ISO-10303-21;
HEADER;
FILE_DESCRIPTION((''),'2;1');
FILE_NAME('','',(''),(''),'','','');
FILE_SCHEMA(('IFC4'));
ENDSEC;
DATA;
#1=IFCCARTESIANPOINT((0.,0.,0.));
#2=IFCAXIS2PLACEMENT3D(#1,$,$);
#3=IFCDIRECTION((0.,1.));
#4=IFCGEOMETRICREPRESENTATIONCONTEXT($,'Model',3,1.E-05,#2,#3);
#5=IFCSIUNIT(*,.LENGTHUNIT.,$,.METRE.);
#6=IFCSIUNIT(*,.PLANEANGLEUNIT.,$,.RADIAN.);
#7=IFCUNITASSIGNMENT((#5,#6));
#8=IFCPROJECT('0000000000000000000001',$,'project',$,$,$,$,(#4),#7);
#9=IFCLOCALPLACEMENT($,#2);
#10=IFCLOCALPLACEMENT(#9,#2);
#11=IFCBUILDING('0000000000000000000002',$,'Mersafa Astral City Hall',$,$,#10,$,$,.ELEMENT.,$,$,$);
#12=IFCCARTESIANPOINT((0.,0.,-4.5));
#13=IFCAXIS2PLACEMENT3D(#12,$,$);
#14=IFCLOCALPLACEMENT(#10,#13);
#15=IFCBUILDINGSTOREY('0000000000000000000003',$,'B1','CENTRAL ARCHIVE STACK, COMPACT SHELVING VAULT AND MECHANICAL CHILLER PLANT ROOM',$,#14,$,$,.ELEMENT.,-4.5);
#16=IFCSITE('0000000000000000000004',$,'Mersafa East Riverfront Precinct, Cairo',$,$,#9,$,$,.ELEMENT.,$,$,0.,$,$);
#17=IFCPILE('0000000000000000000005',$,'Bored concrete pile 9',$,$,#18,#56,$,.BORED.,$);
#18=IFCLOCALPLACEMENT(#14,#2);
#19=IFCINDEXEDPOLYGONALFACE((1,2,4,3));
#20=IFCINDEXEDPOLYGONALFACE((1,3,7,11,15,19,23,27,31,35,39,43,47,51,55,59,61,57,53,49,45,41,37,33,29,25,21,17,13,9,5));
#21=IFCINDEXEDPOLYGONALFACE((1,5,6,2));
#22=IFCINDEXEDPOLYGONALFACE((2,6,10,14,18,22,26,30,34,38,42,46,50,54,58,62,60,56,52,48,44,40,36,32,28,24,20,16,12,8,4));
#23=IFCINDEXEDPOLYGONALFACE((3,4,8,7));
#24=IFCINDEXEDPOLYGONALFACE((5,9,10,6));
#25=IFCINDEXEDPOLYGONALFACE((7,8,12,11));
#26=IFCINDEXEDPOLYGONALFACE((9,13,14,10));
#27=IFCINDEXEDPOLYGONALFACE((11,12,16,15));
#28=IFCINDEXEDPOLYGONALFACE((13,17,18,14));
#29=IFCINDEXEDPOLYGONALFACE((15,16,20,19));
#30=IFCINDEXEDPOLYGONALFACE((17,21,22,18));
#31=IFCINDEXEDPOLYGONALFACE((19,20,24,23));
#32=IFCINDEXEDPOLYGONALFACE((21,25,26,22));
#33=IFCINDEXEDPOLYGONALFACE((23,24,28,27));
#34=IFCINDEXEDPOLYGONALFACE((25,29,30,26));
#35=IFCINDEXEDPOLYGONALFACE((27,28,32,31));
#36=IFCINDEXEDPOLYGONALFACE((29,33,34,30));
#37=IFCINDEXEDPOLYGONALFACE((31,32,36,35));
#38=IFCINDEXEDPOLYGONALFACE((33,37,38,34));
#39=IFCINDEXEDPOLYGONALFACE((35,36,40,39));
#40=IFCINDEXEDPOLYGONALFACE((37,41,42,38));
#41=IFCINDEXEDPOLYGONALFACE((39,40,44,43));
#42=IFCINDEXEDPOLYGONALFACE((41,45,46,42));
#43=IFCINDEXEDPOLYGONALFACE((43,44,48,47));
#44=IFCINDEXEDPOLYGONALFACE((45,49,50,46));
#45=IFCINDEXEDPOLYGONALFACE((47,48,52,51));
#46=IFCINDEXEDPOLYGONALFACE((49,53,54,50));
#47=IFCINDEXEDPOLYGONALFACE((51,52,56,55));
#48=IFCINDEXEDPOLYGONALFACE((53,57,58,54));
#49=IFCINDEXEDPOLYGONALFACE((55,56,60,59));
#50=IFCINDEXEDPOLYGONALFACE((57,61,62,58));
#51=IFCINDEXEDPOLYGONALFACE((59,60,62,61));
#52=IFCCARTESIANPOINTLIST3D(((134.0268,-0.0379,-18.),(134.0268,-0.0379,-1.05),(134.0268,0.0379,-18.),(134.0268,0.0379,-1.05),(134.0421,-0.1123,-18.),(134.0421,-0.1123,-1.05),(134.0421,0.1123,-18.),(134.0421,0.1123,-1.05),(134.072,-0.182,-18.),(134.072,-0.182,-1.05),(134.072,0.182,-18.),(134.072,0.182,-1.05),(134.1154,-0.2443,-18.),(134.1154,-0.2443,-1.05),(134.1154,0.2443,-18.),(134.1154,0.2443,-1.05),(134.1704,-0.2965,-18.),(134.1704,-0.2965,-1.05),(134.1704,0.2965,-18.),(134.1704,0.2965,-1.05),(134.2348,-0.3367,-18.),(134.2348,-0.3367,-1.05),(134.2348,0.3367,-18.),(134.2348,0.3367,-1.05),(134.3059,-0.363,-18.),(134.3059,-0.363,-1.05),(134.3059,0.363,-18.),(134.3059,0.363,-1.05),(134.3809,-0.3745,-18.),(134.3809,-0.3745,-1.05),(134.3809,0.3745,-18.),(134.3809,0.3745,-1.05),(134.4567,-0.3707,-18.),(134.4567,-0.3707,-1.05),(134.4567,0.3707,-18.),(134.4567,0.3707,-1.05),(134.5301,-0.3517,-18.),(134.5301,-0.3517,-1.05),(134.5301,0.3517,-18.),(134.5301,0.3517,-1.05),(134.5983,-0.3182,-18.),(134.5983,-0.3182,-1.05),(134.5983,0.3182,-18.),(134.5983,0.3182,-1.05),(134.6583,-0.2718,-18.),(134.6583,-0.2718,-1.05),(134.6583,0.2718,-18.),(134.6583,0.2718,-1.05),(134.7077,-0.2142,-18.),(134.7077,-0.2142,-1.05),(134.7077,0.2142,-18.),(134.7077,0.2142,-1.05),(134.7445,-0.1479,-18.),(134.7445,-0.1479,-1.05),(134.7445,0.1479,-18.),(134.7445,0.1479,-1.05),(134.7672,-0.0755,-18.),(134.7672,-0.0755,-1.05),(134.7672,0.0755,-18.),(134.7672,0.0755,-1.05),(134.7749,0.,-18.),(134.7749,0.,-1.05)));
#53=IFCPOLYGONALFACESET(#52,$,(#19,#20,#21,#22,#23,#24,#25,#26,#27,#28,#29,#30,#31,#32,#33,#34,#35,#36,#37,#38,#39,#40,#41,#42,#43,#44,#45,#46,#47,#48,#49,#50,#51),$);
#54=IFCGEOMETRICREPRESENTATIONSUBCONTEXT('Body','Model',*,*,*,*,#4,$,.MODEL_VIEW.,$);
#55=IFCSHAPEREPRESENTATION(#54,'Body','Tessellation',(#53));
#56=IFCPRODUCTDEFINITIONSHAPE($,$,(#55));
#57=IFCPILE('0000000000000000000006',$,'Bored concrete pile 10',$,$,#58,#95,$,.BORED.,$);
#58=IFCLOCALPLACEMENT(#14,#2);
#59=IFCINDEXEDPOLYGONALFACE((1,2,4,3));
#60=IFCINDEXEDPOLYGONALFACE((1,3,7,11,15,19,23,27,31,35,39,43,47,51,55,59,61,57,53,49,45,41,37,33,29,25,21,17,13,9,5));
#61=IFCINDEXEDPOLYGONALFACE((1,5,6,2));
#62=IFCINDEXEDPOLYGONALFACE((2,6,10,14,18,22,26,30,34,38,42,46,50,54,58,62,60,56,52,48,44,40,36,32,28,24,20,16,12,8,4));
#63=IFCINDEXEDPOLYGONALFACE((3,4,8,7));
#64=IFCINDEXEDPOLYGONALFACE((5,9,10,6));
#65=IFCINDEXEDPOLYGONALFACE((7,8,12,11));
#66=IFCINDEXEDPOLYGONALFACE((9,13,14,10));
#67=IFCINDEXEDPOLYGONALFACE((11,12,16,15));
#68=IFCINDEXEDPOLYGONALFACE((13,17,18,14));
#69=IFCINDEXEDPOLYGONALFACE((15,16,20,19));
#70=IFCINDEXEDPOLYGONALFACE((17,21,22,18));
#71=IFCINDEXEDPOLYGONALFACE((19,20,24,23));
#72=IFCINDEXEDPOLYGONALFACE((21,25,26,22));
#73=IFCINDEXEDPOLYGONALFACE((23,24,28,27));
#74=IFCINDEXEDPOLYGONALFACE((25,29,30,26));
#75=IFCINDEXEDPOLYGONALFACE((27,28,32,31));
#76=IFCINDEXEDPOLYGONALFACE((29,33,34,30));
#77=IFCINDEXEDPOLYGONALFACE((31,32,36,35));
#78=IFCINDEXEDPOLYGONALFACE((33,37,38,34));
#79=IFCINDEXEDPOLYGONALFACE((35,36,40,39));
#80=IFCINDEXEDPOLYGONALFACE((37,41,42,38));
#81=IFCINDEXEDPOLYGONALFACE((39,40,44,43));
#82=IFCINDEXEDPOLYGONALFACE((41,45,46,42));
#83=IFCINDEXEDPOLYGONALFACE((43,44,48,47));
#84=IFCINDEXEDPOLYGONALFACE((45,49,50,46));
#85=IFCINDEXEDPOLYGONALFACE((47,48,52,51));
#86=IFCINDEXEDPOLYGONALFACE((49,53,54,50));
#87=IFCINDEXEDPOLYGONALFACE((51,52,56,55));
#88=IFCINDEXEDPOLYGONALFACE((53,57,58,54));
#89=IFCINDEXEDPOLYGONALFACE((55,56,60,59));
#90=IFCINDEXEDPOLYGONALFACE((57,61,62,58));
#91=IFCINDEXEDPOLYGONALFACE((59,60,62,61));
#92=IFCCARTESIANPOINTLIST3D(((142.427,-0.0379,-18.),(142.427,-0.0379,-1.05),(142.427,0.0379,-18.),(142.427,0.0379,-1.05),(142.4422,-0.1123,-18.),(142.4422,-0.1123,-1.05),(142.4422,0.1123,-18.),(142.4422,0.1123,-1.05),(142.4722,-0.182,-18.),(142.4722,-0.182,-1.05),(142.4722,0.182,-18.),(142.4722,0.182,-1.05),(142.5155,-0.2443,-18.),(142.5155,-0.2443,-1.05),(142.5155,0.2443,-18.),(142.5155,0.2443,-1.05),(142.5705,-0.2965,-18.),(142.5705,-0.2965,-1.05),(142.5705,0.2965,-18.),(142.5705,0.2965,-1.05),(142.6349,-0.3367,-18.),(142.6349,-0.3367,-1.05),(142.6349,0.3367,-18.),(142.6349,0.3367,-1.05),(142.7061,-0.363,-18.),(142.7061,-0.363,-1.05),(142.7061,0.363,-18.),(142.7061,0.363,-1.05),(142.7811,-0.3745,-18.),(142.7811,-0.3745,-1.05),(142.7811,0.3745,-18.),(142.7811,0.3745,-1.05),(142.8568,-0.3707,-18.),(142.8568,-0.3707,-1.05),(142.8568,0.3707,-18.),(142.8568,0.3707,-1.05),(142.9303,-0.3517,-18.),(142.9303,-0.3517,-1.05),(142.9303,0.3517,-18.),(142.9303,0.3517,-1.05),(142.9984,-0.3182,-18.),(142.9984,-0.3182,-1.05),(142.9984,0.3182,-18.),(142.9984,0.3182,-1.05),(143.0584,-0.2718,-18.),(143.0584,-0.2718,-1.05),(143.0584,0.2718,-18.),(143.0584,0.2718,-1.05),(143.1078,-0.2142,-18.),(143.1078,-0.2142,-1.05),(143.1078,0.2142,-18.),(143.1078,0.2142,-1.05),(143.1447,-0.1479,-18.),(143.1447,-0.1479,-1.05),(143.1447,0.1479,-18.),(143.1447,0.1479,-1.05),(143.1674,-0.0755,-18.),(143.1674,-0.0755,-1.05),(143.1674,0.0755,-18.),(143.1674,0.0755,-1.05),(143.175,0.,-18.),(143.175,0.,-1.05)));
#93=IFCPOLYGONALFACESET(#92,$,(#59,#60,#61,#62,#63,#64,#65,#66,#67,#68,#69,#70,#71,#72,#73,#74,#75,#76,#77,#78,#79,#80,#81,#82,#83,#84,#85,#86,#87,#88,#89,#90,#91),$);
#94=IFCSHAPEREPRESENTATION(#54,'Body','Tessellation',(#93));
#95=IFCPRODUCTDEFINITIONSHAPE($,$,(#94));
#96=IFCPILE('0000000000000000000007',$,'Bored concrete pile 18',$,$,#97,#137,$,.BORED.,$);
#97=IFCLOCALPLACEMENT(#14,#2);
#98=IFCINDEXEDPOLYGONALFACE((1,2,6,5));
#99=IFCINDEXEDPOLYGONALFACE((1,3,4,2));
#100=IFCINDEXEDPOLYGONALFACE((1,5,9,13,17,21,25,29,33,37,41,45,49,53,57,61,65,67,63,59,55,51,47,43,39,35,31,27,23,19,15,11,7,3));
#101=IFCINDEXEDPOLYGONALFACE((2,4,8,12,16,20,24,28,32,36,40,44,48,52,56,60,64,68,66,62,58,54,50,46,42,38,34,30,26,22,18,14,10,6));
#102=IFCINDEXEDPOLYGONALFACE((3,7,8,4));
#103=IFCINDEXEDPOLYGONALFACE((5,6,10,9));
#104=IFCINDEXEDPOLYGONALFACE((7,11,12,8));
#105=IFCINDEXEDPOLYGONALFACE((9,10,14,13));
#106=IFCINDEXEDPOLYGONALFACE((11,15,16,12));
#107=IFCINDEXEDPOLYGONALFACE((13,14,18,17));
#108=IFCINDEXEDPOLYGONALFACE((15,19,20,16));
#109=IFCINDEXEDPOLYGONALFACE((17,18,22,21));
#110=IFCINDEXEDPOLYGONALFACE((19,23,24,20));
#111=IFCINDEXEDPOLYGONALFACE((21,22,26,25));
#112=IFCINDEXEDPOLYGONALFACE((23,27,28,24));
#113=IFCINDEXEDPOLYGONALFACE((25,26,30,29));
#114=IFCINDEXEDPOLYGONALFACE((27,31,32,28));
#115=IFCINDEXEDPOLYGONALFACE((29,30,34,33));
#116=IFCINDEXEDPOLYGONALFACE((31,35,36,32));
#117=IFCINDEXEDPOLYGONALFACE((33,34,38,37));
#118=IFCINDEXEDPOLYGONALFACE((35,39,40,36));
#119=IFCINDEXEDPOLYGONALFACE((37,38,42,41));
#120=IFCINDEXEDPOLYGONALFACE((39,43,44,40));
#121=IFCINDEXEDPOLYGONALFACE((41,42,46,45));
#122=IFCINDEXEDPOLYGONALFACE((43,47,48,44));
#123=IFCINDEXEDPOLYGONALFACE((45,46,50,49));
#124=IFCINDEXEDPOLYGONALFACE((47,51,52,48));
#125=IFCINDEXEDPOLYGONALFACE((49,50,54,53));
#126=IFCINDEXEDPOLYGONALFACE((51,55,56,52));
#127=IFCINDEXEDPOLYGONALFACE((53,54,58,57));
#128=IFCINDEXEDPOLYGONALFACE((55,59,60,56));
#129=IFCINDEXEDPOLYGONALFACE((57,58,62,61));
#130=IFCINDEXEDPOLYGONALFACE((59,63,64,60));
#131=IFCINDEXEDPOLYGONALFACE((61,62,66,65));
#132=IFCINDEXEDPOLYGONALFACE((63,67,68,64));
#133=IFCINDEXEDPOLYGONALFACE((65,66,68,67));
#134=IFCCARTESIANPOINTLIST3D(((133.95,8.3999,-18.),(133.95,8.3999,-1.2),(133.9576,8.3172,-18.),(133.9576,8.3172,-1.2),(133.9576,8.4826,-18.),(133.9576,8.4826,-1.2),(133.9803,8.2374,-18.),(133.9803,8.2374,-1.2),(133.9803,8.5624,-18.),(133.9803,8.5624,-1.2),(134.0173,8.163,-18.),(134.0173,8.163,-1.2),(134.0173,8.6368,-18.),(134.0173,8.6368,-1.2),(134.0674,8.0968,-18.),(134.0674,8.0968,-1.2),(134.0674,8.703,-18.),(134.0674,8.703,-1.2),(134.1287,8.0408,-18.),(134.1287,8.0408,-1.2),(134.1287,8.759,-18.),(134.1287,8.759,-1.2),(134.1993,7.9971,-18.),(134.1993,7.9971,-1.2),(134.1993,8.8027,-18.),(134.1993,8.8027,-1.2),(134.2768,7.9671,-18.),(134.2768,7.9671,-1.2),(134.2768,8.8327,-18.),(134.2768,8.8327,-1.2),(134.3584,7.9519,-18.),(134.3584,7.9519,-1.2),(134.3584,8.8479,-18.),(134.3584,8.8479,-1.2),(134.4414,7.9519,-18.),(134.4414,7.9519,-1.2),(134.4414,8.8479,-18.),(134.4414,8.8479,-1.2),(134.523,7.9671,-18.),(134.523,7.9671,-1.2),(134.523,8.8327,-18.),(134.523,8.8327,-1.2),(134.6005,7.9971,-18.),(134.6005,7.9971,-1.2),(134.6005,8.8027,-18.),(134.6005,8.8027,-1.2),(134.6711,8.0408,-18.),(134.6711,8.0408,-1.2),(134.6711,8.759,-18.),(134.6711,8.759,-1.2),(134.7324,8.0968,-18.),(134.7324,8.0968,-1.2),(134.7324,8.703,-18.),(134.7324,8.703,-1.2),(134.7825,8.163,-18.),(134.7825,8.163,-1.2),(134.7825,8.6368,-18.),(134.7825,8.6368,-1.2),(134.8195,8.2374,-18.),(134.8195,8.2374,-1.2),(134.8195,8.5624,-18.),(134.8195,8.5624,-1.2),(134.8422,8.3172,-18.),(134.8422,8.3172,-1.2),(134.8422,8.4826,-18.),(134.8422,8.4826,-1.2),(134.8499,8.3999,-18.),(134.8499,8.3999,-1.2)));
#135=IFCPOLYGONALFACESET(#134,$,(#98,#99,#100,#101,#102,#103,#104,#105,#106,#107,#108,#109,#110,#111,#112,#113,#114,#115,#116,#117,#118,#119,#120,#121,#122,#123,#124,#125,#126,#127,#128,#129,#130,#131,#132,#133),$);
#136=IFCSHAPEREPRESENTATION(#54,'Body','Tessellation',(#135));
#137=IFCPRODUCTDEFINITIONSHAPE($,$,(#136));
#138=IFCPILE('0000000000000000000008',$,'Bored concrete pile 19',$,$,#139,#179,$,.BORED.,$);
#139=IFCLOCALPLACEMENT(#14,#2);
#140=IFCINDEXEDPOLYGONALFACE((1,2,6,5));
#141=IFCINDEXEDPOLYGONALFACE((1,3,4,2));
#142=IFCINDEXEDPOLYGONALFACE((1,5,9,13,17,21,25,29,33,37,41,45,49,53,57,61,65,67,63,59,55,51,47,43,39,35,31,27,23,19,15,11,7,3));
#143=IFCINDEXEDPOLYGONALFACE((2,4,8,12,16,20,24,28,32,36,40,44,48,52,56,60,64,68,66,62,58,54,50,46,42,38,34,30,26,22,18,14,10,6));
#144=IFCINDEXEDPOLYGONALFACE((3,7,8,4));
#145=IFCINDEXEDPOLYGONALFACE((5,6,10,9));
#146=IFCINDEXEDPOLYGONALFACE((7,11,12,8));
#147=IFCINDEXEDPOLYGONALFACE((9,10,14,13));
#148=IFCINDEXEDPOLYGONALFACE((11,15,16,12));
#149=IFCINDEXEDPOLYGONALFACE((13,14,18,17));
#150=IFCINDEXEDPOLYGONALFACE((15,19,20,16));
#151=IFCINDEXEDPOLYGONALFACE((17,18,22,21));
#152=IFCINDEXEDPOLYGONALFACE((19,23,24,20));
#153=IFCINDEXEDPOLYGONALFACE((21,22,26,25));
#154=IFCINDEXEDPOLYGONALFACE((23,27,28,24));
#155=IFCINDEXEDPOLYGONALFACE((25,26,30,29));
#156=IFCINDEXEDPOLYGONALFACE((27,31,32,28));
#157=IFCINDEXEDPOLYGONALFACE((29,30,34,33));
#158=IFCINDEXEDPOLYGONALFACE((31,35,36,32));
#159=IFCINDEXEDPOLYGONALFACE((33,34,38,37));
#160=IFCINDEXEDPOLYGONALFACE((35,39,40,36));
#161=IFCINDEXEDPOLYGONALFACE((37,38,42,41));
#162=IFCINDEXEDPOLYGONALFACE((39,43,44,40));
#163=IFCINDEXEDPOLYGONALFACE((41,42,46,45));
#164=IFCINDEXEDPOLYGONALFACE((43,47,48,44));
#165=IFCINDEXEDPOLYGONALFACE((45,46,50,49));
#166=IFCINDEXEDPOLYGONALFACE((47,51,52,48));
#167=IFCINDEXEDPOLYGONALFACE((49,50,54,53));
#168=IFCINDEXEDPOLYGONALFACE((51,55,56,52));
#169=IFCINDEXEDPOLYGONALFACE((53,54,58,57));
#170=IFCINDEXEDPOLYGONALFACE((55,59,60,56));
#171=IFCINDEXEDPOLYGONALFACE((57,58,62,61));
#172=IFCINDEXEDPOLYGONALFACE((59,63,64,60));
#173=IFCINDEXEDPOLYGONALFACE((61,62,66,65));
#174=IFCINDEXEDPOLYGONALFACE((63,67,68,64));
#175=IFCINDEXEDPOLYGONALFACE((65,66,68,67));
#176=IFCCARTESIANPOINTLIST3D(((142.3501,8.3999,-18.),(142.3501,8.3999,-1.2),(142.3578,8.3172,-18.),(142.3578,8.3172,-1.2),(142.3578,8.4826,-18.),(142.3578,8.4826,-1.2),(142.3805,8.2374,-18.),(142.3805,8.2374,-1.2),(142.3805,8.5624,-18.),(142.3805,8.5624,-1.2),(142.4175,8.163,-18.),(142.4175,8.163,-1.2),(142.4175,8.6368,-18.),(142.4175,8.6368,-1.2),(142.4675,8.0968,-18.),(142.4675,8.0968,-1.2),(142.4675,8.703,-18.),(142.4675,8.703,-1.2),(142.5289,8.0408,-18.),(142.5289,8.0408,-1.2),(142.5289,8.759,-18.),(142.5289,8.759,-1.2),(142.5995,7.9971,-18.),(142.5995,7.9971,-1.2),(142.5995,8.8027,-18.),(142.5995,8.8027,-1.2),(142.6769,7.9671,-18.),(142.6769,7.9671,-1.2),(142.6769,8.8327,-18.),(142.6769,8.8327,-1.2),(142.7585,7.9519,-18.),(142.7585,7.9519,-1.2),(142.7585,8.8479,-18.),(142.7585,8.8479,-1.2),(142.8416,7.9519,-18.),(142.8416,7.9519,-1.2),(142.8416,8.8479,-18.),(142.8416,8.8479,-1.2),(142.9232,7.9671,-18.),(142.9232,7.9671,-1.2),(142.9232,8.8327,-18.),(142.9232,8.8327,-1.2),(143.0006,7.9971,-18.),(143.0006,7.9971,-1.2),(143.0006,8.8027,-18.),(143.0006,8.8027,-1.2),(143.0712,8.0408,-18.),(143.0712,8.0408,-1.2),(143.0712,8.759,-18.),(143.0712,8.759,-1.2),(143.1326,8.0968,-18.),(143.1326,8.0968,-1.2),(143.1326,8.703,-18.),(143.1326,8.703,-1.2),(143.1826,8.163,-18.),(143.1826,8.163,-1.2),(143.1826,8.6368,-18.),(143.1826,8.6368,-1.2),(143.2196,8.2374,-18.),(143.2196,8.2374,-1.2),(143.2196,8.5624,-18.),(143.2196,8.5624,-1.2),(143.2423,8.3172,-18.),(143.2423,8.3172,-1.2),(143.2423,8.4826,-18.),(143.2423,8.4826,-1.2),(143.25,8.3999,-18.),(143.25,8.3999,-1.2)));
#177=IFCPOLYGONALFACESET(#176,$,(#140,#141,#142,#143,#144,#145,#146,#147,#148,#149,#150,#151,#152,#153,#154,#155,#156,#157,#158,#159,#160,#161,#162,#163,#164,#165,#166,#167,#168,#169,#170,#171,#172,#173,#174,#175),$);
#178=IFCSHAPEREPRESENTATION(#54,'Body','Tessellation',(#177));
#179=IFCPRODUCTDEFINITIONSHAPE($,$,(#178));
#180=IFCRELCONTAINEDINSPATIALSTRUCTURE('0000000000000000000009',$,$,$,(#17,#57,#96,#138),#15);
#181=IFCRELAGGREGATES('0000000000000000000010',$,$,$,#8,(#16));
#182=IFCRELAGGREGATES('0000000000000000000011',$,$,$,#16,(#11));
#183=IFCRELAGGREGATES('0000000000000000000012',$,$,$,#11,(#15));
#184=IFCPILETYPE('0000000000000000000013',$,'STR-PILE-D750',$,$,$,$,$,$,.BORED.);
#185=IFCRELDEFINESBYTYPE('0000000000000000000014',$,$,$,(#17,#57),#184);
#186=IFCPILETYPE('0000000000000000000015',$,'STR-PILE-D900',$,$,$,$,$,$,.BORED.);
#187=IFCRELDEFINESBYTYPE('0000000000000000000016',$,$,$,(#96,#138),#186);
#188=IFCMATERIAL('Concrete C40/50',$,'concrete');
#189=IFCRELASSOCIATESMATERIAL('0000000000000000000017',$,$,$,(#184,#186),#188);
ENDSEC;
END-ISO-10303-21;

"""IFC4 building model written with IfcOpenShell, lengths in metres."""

from ifc_helpers import new_model, si_unit, direction, frame, origin, origin_2d, place, context, subcontext, project, spatial, circle, extrude, material, material_profile, profile_set, type_object, element, save


model = new_model("IFC4")

# Units and contexts
model_context = context("Model", 3, precision=1e-05, world=origin(), true_north=direction((0.0, 1.0)))
body_context = subcontext(model_context, "Body", "Model", "MODEL_VIEW")
ifc_project = project(units=[si_unit("LENGTHUNIT", "METRE"), si_unit("PLANEANGLEUNIT", "RADIAN")], contexts=[model_context])

# Site, building, storey
site_placement = place(None, origin())
site = spatial("IfcSite", under=ifc_project, at=site_placement, Name="Mersafa East Riverfront Precinct, Cairo", CompositionType="ELEMENT", RefElevation=0.0)
building_placement = place(site_placement, origin())
building = spatial("IfcBuilding", under=site, at=building_placement, Name="Mersafa Astral City Hall", CompositionType="ELEMENT")
storey_placement = place(building_placement, frame((0.0, 0.0, -4.5)))
storey = spatial("IfcBuildingStorey", under=building, at=storey_placement, Name="B1", Description="CENTRAL ARCHIVE STACK, COMPACT SHELVING VAULT AND MECHANICAL CHILLER PLANT ROOM", CompositionType="ELEMENT", Elevation=-4.5)

# Shared definitions
ifc_material_1 = material(Name="Concrete C40/50", Category="concrete")

# Piles
ifc_material_profile_1 = material_profile(ifc_material_1, circle(Radius=0.375, at=origin_2d()), Name="PILE D750")
ifc_profile_set_1 = profile_set([ifc_material_profile_1], Name="Concrete C40/50")
pile_type_1 = type_object("IfcPileType", Name="STR-PILE-D750", PredefinedType="BORED", material=ifc_profile_set_1)
for number, where, z_axis, x_axis, name in (
    (1, (134.3999, 0.0, -1.05), (0.0, 0.0, -1.0), (1.0, 0.0, 0.0), "Bored concrete pile 9"),
    (2, (142.8, 0.0, -1.05), (0.0, 0.0, -1.0), (1.0, 0.0, 0.0), "Bored concrete pile 10"),
):
    element("IfcPile", number, at=place(storey_placement, frame(where, z_axis=z_axis, x_axis=x_axis)), inside=storey, type_object=pile_type_1, Name=name, PredefinedType="BORED", context=body_context, shape_type="SweptSolid", body=[
        extrude(circle(Radius=0.375, at=origin_2d()), origin(), (0.0, 0.0, 1.0), 16.95),
    ])
ifc_material_profile_2 = material_profile(ifc_material_1, circle(Radius=0.45, at=origin_2d()), Name="PILE D900")
ifc_profile_set_2 = profile_set([ifc_material_profile_2], Name="Concrete C40/50")
pile_type_2 = type_object("IfcPileType", Name="STR-PILE-D900", PredefinedType="BORED", material=ifc_profile_set_2)
for number, where, z_axis, x_axis, name in (
    (3, (134.3999, 8.3999, -1.2), (0.0, 0.0, -1.0), (1.0, 0.0, 0.0), "Bored concrete pile 18"),
    (4, (142.8, 8.3999, -1.2), (0.0, 0.0, -1.0), (1.0, 0.0, 0.0), "Bored concrete pile 19"),
):
    element("IfcPile", number, at=place(storey_placement, frame(where, z_axis=z_axis, x_axis=x_axis)), inside=storey, type_object=pile_type_2, Name=name, PredefinedType="BORED", context=body_context, shape_type="SweptSolid", body=[
        extrude(circle(Radius=0.45, at=origin_2d()), origin(), (0.0, 0.0, 1.0), 16.8),
    ])

save(model, "model.ifc")
